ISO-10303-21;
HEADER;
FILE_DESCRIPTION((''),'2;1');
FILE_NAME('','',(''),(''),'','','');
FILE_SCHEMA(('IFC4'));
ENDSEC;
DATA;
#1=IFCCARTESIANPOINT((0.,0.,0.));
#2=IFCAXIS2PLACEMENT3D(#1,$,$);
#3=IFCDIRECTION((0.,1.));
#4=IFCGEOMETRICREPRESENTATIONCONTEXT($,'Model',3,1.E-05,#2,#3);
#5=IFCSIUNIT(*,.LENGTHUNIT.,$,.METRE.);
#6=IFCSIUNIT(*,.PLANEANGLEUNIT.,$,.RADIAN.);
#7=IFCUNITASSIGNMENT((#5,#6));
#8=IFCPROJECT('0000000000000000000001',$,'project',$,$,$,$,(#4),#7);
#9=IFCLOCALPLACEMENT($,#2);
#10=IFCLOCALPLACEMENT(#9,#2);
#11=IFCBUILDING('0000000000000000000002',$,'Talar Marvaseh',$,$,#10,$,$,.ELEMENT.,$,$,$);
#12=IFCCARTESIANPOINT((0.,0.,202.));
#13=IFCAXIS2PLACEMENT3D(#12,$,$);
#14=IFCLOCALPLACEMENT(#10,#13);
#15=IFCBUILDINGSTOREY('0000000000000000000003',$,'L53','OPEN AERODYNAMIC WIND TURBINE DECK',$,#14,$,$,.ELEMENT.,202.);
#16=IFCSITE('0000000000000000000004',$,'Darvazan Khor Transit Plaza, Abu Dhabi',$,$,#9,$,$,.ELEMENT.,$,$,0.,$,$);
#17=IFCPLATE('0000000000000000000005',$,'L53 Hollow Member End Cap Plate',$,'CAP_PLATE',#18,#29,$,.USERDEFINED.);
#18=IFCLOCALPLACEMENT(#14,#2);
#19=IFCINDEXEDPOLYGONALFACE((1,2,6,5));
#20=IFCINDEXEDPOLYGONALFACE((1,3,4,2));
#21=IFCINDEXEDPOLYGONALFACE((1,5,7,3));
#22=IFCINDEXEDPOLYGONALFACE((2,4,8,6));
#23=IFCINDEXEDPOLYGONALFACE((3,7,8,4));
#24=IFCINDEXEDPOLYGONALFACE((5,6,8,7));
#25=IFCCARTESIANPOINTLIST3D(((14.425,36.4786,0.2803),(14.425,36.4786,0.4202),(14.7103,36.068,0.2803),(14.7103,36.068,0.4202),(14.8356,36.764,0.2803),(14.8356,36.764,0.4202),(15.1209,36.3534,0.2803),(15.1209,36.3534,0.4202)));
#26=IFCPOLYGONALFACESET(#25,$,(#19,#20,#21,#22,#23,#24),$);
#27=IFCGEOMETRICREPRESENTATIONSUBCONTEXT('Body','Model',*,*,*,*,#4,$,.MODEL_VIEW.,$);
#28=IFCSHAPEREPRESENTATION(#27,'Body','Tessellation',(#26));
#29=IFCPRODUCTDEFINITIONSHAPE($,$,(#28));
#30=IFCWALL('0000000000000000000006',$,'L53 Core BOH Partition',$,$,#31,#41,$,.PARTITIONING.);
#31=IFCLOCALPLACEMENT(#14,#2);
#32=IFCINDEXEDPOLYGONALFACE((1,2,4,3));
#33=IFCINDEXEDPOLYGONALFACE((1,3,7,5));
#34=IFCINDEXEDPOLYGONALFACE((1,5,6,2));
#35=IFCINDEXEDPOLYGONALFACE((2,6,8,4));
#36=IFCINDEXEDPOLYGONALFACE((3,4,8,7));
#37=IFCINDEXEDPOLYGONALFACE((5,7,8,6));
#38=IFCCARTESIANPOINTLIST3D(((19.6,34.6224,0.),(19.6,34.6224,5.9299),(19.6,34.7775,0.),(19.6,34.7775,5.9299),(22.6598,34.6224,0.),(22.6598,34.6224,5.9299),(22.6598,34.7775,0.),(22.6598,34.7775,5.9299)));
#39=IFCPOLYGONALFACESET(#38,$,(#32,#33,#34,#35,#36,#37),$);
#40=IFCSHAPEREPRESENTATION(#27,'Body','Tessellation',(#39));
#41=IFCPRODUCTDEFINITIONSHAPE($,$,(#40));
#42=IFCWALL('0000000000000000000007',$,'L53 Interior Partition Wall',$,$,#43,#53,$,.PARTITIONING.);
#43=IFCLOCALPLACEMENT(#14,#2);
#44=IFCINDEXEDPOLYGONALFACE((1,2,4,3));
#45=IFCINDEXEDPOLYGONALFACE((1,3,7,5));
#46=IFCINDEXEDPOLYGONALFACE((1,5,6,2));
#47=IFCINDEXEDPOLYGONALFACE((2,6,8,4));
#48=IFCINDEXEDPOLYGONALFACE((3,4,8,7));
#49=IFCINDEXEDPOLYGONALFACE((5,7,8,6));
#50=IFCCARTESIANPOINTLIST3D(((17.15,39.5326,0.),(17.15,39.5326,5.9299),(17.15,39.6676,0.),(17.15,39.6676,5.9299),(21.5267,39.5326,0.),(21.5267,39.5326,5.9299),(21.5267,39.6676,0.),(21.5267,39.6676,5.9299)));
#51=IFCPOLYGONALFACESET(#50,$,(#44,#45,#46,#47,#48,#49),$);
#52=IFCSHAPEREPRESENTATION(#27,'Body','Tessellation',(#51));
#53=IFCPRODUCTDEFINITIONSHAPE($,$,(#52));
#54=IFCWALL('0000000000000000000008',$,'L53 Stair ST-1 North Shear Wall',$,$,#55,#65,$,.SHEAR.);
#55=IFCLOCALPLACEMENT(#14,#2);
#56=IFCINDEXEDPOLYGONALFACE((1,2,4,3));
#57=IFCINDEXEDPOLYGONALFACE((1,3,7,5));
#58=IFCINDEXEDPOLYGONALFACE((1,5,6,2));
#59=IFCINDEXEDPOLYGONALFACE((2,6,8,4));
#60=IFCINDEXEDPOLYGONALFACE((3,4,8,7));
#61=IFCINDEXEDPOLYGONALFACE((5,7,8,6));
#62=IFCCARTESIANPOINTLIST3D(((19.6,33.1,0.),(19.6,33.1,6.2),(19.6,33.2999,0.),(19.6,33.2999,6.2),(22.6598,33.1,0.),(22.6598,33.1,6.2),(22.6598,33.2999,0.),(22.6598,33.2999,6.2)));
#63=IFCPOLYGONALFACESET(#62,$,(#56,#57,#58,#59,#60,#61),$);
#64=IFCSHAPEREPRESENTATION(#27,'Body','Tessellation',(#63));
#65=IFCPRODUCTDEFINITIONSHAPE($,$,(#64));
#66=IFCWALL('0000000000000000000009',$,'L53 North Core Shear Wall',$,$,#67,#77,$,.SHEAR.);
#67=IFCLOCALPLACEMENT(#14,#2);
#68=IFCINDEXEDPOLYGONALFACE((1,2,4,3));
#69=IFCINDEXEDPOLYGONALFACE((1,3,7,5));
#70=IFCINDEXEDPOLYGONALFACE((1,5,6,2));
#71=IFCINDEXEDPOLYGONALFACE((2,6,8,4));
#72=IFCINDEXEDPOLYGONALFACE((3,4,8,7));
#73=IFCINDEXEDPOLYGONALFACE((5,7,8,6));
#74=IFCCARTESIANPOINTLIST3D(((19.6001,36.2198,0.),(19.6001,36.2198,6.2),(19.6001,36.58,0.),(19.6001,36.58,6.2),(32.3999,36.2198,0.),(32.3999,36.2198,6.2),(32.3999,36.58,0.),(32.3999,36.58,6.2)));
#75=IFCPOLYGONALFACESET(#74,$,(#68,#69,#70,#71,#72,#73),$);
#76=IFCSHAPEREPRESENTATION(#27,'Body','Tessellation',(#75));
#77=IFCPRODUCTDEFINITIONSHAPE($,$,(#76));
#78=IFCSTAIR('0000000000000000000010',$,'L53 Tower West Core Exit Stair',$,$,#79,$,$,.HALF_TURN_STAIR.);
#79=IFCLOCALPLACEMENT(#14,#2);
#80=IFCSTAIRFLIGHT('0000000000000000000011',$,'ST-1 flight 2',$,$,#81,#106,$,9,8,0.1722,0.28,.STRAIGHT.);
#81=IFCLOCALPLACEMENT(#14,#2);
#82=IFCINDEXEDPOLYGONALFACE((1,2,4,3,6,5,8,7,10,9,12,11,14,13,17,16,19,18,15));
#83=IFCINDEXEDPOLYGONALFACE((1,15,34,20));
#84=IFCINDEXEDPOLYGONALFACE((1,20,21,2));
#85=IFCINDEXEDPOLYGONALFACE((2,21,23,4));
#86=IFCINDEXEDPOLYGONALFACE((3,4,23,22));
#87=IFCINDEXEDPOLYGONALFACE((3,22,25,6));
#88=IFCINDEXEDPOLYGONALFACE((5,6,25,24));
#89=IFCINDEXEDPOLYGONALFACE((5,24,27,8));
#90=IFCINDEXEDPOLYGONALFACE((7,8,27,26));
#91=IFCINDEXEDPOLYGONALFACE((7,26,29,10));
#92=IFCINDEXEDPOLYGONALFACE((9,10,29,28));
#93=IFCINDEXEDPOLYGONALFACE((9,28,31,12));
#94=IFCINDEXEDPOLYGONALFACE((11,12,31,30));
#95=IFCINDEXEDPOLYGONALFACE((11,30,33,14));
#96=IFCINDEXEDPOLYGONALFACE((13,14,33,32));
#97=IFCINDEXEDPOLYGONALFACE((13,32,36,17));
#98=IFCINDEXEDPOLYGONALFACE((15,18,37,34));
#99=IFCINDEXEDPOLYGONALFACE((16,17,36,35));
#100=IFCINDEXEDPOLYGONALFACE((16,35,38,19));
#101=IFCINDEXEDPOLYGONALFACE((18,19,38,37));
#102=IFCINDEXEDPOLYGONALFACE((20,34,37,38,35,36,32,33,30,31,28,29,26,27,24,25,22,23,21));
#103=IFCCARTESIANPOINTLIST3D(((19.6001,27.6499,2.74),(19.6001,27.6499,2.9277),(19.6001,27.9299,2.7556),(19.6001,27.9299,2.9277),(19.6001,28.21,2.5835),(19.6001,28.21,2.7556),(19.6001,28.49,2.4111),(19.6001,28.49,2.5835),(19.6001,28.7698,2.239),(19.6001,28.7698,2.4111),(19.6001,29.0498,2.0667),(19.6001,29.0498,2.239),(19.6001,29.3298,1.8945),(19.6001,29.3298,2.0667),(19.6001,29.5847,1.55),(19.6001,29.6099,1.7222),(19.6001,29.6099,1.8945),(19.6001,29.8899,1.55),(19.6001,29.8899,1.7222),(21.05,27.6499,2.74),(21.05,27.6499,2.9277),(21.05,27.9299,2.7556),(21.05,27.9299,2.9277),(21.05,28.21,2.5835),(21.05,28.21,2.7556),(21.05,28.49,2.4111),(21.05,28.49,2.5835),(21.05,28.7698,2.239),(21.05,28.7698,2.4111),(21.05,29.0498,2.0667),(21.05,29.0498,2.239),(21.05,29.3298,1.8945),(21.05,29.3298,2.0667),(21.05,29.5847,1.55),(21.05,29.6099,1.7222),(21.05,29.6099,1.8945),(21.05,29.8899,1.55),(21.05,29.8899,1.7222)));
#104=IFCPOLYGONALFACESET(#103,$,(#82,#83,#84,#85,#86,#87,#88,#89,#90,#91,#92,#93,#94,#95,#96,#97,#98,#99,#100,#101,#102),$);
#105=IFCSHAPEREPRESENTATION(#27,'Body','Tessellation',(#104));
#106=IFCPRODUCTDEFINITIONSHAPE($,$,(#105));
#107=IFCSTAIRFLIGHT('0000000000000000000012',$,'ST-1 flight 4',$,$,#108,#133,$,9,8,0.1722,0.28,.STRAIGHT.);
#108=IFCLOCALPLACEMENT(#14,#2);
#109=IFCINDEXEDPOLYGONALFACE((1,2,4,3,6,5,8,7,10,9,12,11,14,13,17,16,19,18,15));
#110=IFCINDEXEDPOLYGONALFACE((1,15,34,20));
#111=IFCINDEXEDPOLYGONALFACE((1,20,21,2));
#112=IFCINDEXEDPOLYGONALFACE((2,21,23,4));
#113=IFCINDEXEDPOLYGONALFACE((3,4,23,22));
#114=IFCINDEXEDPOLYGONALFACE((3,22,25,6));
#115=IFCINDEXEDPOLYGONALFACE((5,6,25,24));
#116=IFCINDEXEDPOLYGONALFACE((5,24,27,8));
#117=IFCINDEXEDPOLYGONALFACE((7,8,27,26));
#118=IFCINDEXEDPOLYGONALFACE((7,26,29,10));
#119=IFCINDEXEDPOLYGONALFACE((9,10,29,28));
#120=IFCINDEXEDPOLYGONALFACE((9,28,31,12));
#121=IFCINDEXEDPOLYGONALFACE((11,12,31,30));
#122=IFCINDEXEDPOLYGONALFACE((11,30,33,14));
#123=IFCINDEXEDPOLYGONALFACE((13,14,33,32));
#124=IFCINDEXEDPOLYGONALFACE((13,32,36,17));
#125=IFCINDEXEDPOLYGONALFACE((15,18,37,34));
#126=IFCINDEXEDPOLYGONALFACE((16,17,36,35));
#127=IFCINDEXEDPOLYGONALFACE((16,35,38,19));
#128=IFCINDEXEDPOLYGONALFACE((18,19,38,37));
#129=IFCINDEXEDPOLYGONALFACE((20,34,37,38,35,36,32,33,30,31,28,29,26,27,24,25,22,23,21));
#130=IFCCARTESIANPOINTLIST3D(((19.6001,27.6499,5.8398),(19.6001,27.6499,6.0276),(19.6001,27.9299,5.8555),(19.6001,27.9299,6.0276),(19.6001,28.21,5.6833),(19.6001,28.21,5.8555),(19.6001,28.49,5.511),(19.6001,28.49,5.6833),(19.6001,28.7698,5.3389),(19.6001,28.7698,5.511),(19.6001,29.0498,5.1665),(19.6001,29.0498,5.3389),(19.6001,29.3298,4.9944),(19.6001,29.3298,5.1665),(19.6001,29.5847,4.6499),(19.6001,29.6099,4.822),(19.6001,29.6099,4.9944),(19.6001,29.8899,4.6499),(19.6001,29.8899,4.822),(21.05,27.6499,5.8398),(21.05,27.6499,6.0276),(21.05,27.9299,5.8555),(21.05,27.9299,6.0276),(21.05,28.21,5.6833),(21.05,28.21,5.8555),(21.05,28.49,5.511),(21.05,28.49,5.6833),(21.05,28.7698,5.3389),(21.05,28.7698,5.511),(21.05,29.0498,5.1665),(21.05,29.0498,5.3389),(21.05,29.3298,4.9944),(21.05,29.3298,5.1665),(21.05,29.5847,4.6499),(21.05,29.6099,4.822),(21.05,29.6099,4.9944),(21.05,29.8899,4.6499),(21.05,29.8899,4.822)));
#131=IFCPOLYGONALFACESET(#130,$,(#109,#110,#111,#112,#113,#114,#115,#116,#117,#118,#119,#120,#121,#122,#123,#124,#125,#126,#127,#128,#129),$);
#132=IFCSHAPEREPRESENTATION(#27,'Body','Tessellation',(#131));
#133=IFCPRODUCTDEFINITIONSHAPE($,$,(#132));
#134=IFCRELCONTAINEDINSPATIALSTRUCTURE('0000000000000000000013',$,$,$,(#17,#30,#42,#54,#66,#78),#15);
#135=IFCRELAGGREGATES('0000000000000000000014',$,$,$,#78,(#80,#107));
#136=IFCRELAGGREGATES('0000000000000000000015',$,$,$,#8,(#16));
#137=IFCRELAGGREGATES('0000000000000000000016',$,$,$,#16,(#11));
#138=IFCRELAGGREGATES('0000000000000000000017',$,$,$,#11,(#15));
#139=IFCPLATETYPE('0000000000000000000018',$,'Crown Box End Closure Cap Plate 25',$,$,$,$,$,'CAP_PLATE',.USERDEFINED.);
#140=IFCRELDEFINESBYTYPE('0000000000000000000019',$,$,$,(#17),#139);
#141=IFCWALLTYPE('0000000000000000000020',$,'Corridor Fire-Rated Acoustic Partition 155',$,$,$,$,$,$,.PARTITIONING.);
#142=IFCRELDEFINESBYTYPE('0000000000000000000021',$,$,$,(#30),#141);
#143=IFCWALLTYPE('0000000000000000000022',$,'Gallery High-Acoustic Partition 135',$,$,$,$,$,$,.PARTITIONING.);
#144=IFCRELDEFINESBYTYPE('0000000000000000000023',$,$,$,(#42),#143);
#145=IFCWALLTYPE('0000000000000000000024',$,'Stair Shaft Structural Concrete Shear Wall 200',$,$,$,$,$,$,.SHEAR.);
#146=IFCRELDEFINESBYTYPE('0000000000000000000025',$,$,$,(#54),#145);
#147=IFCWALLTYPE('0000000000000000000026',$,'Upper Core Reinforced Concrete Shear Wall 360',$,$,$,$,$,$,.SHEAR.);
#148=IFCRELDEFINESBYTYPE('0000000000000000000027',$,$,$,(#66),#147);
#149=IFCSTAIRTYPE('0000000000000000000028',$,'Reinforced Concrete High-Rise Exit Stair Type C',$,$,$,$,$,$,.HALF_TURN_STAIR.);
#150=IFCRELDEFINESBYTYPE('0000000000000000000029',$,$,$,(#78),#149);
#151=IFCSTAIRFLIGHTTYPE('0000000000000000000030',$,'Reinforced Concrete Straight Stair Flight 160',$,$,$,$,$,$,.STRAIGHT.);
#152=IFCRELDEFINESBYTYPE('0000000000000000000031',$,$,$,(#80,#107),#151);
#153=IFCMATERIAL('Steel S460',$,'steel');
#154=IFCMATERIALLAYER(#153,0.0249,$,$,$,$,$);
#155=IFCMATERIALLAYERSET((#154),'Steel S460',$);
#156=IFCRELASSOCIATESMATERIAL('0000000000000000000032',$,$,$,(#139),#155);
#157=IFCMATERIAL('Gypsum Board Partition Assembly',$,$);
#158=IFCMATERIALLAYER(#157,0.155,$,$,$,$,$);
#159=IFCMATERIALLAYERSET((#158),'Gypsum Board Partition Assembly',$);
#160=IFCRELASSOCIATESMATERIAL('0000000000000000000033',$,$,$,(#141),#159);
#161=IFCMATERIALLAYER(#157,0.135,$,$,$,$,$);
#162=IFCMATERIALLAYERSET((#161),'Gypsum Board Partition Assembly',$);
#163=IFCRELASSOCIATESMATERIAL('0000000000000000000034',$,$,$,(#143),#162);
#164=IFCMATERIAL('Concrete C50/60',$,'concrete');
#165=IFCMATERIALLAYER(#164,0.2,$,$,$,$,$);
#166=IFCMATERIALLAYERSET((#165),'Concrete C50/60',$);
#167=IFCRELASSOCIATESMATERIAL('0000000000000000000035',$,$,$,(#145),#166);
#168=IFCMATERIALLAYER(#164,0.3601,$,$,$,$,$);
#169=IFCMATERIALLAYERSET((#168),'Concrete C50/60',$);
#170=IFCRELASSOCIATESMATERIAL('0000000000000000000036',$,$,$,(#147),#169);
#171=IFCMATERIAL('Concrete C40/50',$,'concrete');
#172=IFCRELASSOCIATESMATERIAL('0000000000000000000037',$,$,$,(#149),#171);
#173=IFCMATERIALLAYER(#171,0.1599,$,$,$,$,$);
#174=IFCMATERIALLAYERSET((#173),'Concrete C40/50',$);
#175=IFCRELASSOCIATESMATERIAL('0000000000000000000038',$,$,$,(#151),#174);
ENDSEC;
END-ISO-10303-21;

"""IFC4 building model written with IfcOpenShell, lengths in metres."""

from ifc_helpers import new_model, si_unit, direction, frame, frame_2d, origin, origin_2d, place, context, subcontext, project, spatial, polyline, rectangle, outline, extrude, source, transform, mapped, material, layer, layer_set, type_object, type_shapes, element, aggregate, save


model = new_model("IFC4")

# Units and contexts
model_context = context("Model", 3, precision=1e-05, world=origin(), true_north=direction((0.0, 1.0)))
body_context = subcontext(model_context, "Body", "Model", "MODEL_VIEW")
ifc_project = project(units=[si_unit("LENGTHUNIT", "METRE"), si_unit("PLANEANGLEUNIT", "RADIAN")], contexts=[model_context])

# Site, building, storey
site_placement = place(None, origin())
site = spatial("IfcSite", under=ifc_project, at=site_placement, Name="Darvazan Khor Transit Plaza, Abu Dhabi", CompositionType="ELEMENT", RefElevation=0.0)
building_placement = place(site_placement, origin())
building = spatial("IfcBuilding", under=site, at=building_placement, Name="Talar Marvaseh", CompositionType="ELEMENT")
storey_placement = place(building_placement, frame((0.0, 0.0, 202.0)))
storey = spatial("IfcBuildingStorey", under=building, at=storey_placement, Name="L53", Description="OPEN AERODYNAMIC WIND TURBINE DECK", CompositionType="ELEMENT", Elevation=202.0)

# Shared definitions
ifc_material_1 = material(Name="Steel S460", Category="steel")

# Plate
ifc_layer_1 = layer(ifc_material_1, 0.0249)
ifc_layer_set_1 = layer_set([ifc_layer_1], Name="Steel S460")
plate_type = type_object("IfcPlateType", Name="Crown Box End Closure Cap Plate 25", ElementType="CAP_PLATE", PredefinedType="USERDEFINED", material=ifc_layer_set_1)
shared_shape_1 = source(origin(), body_context, "Body", "SweptSolid", [
    extrude(rectangle(XDim=0.5, YDim=0.5, at=origin_2d()), origin(), (0.0, 0.0, 1.0), 0.1399),
])
type_shapes(plate_type, [shared_shape_1])
plate_placement = place(storey_placement, frame((14.7729, 36.416, 0.2803), z_axis=(0.0, 0.0, 1.0), x_axis=(0.821149, 0.570714, 0.0)))
element("IfcPlate", 1, at=plate_placement, inside=storey, type_object=plate_type, Name="L53 Hollow Member End Cap Plate", ObjectType="CAP_PLATE", PredefinedType="USERDEFINED", context=body_context, shape_type="MappedRepresentation", body=[
    mapped(shared_shape_1, transform((0.0, 0.0, 0.0), x_axis=(1.0, 0.0, 0.0), y_axis=(0.0, 1.0, 0.0), z_axis=(0.0, 0.0, 1.0), scale=1.0)),
])

# Walls
ifc_material_2 = material(Name="Gypsum Board Partition Assembly")
ifc_layer_2 = layer(ifc_material_2, 0.155)
ifc_layer_set_2 = layer_set([ifc_layer_2], Name="Gypsum Board Partition Assembly")
wall_type_1 = type_object("IfcWallType", Name="Corridor Fire-Rated Acoustic Partition 155", PredefinedType="PARTITIONING", material=ifc_layer_set_2)
wall_1_placement = place(storey_placement, frame((19.6001, 34.7, 0.0), z_axis=(0.0, 0.0, 1.0), x_axis=(1.0, 0.0, 0.0)))
element("IfcWall", 2, at=wall_1_placement, inside=storey, type_object=wall_type_1, Name="L53 Core BOH Partition", PredefinedType="PARTITIONING", context=body_context, shape_type="SweptSolid", body=[
    extrude(rectangle(XDim=3.0598, YDim=0.155, at=frame_2d((1.5298, 0.0))), origin(), (0.0, 0.0, 1.0), 5.9299),
])
ifc_layer_3 = layer(ifc_material_2, 0.135)
ifc_layer_set_3 = layer_set([ifc_layer_3], Name="Gypsum Board Partition Assembly")
wall_type_2 = type_object("IfcWallType", Name="Gallery High-Acoustic Partition 135", PredefinedType="PARTITIONING", material=ifc_layer_set_3)
wall_2_placement = place(storey_placement, frame((17.1499, 39.6001, 0.0), z_axis=(0.0, 0.0, 1.0), x_axis=(1.0, 0.0, 0.0)))
element("IfcWall", 3, at=wall_2_placement, inside=storey, type_object=wall_type_2, Name="L53 Interior Partition Wall", PredefinedType="PARTITIONING", context=body_context, shape_type="SweptSolid", body=[
    extrude(rectangle(XDim=4.3767, YDim=0.135, at=frame_2d((2.1885, 0.0))), origin(), (0.0, 0.0, 1.0), 5.9299),
])
ifc_material_3 = material(Name="Concrete C50/60", Category="concrete")
ifc_layer_4 = layer(ifc_material_3, 0.2)
ifc_layer_set_4 = layer_set([ifc_layer_4], Name="Concrete C50/60")
wall_type_3 = type_object("IfcWallType", Name="Stair Shaft Structural Concrete Shear Wall 200", PredefinedType="SHEAR", material=ifc_layer_set_4)
wall_3_placement = place(storey_placement, frame((19.6001, 33.2, 0.0), z_axis=(0.0, 0.0, 1.0), x_axis=(1.0, 0.0, 0.0)))
element("IfcWall", 4, at=wall_3_placement, inside=storey, type_object=wall_type_3, Name="L53 Stair ST-1 North Shear Wall", PredefinedType="SHEAR", context=body_context, shape_type="SweptSolid", body=[
    extrude(rectangle(XDim=3.0598, YDim=0.2, at=frame_2d((1.5298, 0.0))), origin(), (0.0, 0.0, 1.0), 6.2),
])
ifc_layer_5 = layer(ifc_material_3, 0.3601)
ifc_layer_set_5 = layer_set([ifc_layer_5], Name="Concrete C50/60")
wall_type_4 = type_object("IfcWallType", Name="Upper Core Reinforced Concrete Shear Wall 360", PredefinedType="SHEAR", material=ifc_layer_set_5)
wall_4_placement = place(storey_placement, frame((19.6001, 36.3999, 0.0), z_axis=(0.0, 0.0, 1.0), x_axis=(1.0, 0.0, 0.0)))
element("IfcWall", 5, at=wall_4_placement, inside=storey, type_object=wall_type_4, Name="L53 North Core Shear Wall", PredefinedType="SHEAR", context=body_context, shape_type="SweptSolid", body=[
    extrude(rectangle(XDim=12.7998, YDim=0.3601, at=frame_2d((6.3999, 0.0))), origin(), (0.0, 0.0, 1.0), 6.2),
])

# Stair, stair flights
ifc_material_4 = material(Name="Concrete C40/50", Category="concrete")
stair_type = type_object("IfcStairType", Name="Reinforced Concrete High-Rise Exit Stair Type C", PredefinedType="HALF_TURN_STAIR", material=ifc_material_4)
stair_placement = place(storey_placement, origin())
stair = element("IfcStair", 6, at=stair_placement, inside=storey, type_object=stair_type, Name="L53 Tower West Core Exit Stair", PredefinedType="HALF_TURN_STAIR")
ifc_layer_6 = layer(ifc_material_4, 0.1599)
ifc_layer_set_6 = layer_set([ifc_layer_6], Name="Concrete C40/50")
stair_flight_type = type_object("IfcStairFlightType", Name="Reinforced Concrete Straight Stair Flight 160", PredefinedType="STRAIGHT", material=ifc_layer_set_6)
stair_flight_1_placement = place(storey_placement, frame((20.325, 29.8899, 1.55), z_axis=(0.0, 0.0, 1.0), x_axis=(0.0, -1.0, 0.0)))
stair_flight_1 = element("IfcStairFlight", 7, at=stair_flight_1_placement, type_object=stair_flight_type, Name="ST-1 flight 2", NumberOfRisers=9, NumberOfTreads=8, PredefinedType="STRAIGHT", RiserHeight=0.1722, TreadLength=0.28, context=body_context, shape_type="SweptSolid", body=[
    extrude(outline(polyline([(0.0, 0.0), (0.0, 0.1721), (0.28, 0.1721), (0.28, 0.3445), (0.5601, 0.3445), (0.5601, 0.5166), (0.8401, 0.5166), (0.8401, 0.689), (1.1201, 0.689), (1.1201, 0.8611), (1.3999, 0.8611), (1.3999, 1.0334), (1.6799, 1.0334), (1.6799, 1.2056), (1.96, 1.2056), (1.96, 1.3777), (2.24, 1.3777), (2.24, 1.55), (2.24, 1.1899), (0.3052, 0.0), (0.0, 0.0)])), frame((0.0, 0.7251, 0.0), z_axis=(0.0, -1.0, 0.0), x_axis=(1.0, 0.0, 0.0)), (0.0, 0.0, 1.0), 1.45),
])
stair_flight_2_placement = place(storey_placement, frame((20.325, 29.8899, 4.6499), z_axis=(0.0, 0.0, 1.0), x_axis=(0.0, -1.0, 0.0)))
stair_flight_2 = element("IfcStairFlight", 8, at=stair_flight_2_placement, type_object=stair_flight_type, Name="ST-1 flight 4", NumberOfRisers=9, NumberOfTreads=8, PredefinedType="STRAIGHT", RiserHeight=0.1722, TreadLength=0.28, context=body_context, shape_type="SweptSolid", body=[
    extrude(outline(polyline([(0.0, 0.0), (0.0, 0.1721), (0.28, 0.1721), (0.28, 0.3445), (0.5601, 0.3445), (0.5601, 0.5166), (0.8401, 0.5166), (0.8401, 0.689), (1.1201, 0.689), (1.1201, 0.8611), (1.3999, 0.8611), (1.3999, 1.0334), (1.6799, 1.0334), (1.6799, 1.2056), (1.96, 1.2056), (1.96, 1.3777), (2.24, 1.3777), (2.24, 1.55), (2.24, 1.1899), (0.3052, 0.0), (0.0, 0.0)])), frame((0.0, 0.7251, 0.0), z_axis=(0.0, -1.0, 0.0), x_axis=(1.0, 0.0, 0.0)), (0.0, 0.0, 1.0), 1.45),
])
aggregate(stair, [stair_flight_1, stair_flight_2])

save(model, "model.ifc")
